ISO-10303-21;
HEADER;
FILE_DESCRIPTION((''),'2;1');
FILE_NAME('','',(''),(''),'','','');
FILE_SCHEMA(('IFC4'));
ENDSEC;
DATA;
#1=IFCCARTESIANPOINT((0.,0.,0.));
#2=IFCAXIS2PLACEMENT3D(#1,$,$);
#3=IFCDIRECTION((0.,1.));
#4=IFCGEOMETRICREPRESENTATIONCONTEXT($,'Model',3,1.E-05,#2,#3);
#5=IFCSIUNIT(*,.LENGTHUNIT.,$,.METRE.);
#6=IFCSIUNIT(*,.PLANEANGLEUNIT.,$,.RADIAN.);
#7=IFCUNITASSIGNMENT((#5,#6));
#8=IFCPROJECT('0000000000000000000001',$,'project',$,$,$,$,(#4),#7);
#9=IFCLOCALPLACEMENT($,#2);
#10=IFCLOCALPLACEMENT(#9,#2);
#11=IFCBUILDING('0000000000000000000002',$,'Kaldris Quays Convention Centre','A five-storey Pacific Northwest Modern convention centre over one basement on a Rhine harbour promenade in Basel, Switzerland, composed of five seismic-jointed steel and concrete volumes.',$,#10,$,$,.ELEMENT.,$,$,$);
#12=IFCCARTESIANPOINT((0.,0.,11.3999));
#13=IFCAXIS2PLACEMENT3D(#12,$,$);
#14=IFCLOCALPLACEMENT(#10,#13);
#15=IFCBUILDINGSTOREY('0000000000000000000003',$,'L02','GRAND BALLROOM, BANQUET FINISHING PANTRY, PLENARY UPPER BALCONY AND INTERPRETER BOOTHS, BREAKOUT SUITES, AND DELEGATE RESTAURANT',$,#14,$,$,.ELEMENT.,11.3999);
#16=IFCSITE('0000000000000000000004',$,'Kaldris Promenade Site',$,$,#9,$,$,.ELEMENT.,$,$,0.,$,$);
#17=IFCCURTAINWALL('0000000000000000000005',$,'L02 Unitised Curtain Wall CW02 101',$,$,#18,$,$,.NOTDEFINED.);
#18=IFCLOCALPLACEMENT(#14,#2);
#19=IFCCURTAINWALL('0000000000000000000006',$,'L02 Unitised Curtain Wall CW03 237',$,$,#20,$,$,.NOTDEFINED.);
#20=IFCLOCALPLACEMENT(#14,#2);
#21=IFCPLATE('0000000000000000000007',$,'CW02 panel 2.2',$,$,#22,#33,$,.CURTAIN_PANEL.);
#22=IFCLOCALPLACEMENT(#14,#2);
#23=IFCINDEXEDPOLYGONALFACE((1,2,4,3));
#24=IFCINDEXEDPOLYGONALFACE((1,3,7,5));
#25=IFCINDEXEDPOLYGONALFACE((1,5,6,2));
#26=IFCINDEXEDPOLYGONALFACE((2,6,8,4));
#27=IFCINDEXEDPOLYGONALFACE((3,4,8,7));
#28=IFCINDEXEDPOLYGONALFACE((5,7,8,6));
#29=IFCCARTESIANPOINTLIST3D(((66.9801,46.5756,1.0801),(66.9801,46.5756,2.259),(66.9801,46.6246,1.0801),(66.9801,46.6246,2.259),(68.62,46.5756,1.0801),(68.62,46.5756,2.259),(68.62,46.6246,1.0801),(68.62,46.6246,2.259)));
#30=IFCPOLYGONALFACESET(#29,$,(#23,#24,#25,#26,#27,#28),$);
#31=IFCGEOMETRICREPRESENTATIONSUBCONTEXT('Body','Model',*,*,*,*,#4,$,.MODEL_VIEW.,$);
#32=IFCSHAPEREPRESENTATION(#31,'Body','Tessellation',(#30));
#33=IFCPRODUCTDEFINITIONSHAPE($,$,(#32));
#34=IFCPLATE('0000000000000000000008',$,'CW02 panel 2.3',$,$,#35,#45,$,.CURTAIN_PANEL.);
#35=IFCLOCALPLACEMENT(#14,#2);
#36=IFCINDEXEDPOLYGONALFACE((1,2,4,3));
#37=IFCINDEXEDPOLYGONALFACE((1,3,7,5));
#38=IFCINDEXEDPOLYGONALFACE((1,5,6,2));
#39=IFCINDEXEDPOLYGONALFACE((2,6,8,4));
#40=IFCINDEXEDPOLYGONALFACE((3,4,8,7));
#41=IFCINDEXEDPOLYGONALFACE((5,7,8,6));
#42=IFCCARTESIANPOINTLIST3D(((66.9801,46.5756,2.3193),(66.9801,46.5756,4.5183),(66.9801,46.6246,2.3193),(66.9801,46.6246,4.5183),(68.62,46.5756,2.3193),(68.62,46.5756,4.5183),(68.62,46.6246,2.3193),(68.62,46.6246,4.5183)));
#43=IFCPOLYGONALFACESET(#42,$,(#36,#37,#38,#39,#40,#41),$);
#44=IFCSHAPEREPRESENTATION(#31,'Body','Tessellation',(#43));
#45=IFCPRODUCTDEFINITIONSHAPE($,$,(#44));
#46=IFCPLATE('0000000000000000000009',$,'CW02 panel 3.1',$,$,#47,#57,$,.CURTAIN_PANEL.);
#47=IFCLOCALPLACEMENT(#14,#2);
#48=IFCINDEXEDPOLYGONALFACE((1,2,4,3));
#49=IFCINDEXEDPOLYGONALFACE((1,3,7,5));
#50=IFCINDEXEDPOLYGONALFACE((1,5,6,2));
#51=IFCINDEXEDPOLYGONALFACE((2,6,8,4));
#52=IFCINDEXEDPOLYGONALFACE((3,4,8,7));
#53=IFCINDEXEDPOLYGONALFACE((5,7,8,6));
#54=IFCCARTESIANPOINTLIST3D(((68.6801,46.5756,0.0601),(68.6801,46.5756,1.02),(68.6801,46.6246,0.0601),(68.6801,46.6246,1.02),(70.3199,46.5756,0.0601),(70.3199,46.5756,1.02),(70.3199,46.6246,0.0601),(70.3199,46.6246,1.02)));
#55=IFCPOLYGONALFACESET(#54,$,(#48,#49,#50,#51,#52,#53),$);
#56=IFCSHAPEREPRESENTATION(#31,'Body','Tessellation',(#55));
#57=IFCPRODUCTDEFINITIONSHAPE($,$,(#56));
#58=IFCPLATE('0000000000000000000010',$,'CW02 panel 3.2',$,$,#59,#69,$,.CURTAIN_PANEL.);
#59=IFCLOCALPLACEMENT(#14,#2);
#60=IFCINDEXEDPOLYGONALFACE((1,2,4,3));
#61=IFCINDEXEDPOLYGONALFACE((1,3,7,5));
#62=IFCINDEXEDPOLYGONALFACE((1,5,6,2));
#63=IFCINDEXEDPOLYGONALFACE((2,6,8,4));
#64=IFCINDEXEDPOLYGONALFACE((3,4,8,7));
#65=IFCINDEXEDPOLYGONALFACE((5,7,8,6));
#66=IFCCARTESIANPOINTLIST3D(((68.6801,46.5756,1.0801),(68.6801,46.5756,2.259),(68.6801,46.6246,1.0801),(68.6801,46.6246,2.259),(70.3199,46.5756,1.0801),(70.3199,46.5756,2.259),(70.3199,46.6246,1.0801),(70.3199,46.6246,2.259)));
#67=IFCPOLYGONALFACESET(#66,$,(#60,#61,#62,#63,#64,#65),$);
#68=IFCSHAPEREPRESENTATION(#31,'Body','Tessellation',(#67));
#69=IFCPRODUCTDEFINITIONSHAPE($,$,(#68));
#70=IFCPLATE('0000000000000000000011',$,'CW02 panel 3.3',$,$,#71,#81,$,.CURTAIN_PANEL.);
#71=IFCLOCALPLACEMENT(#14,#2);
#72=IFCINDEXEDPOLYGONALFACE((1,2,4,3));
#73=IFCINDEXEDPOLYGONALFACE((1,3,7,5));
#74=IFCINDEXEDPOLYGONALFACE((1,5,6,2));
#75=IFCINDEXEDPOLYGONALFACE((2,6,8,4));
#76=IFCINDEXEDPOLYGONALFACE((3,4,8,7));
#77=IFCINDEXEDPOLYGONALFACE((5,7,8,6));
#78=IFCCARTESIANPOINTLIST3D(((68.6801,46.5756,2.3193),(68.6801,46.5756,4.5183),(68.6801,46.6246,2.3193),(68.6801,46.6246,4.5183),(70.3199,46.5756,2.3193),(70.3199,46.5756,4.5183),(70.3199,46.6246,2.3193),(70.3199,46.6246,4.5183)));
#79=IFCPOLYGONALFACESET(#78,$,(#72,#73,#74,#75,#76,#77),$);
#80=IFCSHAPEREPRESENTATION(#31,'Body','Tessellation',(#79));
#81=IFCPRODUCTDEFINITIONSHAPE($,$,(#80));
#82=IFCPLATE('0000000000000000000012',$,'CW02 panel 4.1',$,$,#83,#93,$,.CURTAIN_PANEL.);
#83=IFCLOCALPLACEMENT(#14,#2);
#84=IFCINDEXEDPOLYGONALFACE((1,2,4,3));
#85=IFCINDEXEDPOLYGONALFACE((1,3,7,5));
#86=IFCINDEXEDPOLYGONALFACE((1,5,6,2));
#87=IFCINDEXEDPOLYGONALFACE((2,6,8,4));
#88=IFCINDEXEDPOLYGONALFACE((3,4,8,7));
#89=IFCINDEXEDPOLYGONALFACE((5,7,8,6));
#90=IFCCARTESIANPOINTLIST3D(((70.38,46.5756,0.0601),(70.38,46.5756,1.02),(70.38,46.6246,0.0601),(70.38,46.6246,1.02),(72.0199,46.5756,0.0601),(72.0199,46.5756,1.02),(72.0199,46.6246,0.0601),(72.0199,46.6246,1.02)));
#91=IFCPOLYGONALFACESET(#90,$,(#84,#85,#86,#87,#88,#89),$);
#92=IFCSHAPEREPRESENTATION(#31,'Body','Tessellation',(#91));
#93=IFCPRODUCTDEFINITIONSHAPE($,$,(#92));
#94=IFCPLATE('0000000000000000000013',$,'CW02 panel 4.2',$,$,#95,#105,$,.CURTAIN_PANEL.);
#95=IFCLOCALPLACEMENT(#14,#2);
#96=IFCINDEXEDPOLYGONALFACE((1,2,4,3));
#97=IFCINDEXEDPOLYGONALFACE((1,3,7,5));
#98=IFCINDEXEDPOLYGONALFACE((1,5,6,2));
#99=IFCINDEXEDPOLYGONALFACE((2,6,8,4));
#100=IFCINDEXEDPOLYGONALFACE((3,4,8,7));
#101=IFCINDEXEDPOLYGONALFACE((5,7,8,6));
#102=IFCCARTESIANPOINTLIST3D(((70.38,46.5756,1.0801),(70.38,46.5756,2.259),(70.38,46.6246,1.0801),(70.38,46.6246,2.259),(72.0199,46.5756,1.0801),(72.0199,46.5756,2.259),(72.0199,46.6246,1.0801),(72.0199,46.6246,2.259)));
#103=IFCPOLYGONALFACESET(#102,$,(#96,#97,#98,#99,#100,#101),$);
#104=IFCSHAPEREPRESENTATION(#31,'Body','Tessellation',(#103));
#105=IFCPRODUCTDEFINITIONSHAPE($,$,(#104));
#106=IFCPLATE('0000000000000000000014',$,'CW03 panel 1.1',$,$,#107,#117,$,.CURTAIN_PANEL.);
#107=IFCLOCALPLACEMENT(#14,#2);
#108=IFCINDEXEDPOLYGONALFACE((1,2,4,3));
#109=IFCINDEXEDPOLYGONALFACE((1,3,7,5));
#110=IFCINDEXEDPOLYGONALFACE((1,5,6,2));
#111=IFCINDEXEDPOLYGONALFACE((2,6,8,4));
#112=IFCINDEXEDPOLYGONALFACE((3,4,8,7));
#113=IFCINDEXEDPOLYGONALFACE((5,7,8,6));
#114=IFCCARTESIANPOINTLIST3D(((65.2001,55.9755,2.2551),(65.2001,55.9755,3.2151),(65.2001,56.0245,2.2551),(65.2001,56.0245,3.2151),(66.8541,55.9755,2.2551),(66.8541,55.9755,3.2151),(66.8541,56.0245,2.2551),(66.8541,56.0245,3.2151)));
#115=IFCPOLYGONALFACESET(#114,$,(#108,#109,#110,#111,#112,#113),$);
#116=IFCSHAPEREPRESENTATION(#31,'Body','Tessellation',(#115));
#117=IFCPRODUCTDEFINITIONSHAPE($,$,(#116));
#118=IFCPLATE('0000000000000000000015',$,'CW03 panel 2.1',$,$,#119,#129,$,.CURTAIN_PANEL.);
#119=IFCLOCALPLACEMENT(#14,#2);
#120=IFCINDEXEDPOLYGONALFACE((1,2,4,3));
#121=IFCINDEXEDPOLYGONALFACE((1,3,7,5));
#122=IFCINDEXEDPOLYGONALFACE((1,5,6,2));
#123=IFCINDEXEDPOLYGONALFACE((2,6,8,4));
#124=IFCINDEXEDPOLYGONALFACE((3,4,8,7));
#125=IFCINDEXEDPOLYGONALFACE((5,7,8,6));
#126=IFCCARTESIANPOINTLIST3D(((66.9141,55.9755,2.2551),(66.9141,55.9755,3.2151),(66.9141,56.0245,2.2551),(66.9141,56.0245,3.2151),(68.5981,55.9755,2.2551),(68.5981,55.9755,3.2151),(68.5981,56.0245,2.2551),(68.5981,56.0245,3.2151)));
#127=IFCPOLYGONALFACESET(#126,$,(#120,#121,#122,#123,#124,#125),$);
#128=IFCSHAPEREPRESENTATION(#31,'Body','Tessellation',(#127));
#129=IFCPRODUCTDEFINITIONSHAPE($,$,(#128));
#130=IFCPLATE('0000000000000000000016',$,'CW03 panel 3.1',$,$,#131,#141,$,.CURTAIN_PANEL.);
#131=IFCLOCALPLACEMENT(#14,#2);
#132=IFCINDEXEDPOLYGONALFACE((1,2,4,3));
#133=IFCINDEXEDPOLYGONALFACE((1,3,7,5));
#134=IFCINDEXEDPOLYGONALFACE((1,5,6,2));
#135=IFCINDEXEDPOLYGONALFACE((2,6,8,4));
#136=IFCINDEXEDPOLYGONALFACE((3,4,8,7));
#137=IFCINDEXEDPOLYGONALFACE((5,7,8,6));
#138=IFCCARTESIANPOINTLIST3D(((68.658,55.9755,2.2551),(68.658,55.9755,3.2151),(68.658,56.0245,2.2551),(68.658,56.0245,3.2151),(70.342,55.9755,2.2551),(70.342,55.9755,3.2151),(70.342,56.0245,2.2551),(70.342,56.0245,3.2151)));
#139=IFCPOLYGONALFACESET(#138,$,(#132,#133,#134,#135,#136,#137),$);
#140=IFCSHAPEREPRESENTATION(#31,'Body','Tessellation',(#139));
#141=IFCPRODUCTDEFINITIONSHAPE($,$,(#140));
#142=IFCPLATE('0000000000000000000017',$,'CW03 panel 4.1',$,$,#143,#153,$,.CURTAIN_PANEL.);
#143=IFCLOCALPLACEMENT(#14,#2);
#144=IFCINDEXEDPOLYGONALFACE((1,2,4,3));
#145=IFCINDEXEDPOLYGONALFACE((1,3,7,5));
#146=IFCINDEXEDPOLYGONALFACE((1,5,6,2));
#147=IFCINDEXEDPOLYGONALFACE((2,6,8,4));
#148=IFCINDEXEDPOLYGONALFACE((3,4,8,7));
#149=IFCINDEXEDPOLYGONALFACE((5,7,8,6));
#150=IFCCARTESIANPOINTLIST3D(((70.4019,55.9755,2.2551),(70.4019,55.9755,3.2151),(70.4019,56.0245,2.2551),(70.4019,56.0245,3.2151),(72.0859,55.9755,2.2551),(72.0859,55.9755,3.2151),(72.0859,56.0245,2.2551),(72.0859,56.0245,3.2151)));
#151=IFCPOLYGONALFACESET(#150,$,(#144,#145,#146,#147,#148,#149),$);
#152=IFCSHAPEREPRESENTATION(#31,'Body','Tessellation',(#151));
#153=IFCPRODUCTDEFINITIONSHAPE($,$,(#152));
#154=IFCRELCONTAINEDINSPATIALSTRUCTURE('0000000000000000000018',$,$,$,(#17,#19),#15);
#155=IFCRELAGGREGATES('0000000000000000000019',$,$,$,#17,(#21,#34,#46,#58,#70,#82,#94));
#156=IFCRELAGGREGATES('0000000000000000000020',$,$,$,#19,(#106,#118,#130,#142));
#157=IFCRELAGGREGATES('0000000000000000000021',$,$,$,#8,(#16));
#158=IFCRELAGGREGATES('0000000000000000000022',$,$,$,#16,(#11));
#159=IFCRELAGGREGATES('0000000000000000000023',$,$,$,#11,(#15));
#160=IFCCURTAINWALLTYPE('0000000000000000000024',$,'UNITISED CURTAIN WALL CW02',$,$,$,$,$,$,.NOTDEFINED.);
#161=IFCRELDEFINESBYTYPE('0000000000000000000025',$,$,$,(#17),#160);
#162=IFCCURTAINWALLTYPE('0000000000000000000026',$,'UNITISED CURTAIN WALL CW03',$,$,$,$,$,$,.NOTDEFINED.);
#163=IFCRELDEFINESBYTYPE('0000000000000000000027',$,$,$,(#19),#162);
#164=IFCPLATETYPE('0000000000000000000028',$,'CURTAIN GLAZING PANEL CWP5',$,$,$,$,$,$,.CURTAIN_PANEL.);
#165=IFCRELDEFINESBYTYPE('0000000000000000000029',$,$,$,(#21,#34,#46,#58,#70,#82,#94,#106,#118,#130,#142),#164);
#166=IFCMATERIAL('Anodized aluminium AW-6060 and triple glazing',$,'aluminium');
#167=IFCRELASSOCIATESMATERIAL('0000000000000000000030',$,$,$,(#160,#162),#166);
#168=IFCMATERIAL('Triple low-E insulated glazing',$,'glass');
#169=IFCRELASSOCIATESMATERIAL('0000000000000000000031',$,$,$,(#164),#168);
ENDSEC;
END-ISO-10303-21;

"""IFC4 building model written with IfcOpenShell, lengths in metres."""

from ifc_helpers import new_model, si_unit, direction, frame, origin, origin_2d, place, context, subcontext, project, spatial, rectangle, extrude, material, type_object, element, aggregate, save


model = new_model("IFC4")

# Units and contexts
model_context = context("Model", 3, precision=1e-05, world=origin(), true_north=direction((0.0, 1.0)))
body_context = subcontext(model_context, "Body", "Model", "MODEL_VIEW")
ifc_project = project(units=[si_unit("LENGTHUNIT", "METRE"), si_unit("PLANEANGLEUNIT", "RADIAN")], contexts=[model_context])

# Site, building, storey
site_placement = place(None, origin())
site = spatial("IfcSite", under=ifc_project, at=site_placement, Name="Kaldris Promenade Site", CompositionType="ELEMENT", RefElevation=0.0)
building_placement = place(site_placement, origin())
building = spatial("IfcBuilding", under=site, at=building_placement, Name="Kaldris Quays Convention Centre", Description="A five-storey Pacific Northwest Modern convention centre over one basement on a Rhine harbour promenade in Basel, Switzerland, composed of five seismic-jointed steel and concrete volumes.", CompositionType="ELEMENT")
storey_placement = place(building_placement, frame((0.0, 0.0, 11.3999)))
storey = spatial("IfcBuildingStorey", under=building, at=storey_placement, Name="L02", Description="GRAND BALLROOM, BANQUET FINISHING PANTRY, PLENARY UPPER BALCONY AND INTERPRETER BOOTHS, BREAKOUT SUITES, AND DELEGATE RESTAURANT", CompositionType="ELEMENT", Elevation=11.3999)

# Curtain walls
ifc_material_1 = material(Name="Anodized aluminium AW-6060 and triple glazing", Category="aluminium")
curtain_wall_type_1 = type_object("IfcCurtainWallType", Name="UNITISED CURTAIN WALL CW02", PredefinedType="NOTDEFINED", material=ifc_material_1)
curtain_wall_1_placement = place(storey_placement, origin())
curtain_wall_1 = element("IfcCurtainWall", 1, at=curtain_wall_1_placement, inside=storey, type_object=curtain_wall_type_1, Name="L02 Unitised Curtain Wall CW02 101", PredefinedType="NOTDEFINED")
curtain_wall_type_2 = type_object("IfcCurtainWallType", Name="UNITISED CURTAIN WALL CW03", PredefinedType="NOTDEFINED", material=ifc_material_1)
curtain_wall_2_placement = place(storey_placement, origin())
curtain_wall_2 = element("IfcCurtainWall", 2, at=curtain_wall_2_placement, inside=storey, type_object=curtain_wall_type_2, Name="L02 Unitised Curtain Wall CW03 237", PredefinedType="NOTDEFINED")

# Plates
ifc_material_2 = material(Name="Triple low-E insulated glazing", Category="glass")
plate_type = type_object("IfcPlateType", Name="CURTAIN GLAZING PANEL CWP5", PredefinedType="CURTAIN_PANEL", material=ifc_material_2)
plate_1_placement = place(storey_placement, frame((67.8, 46.6001, 1.0801), z_axis=(0.0, 0.0, 1.0), x_axis=(1.0, 0.0, 0.0)))
plate_1 = element("IfcPlate", 3, at=plate_1_placement, type_object=plate_type, Name="CW02 panel 2.2", PredefinedType="CURTAIN_PANEL", context=body_context, shape_type="SweptSolid", body=[
    extrude(rectangle(XDim=1.6399, YDim=0.0491, at=origin_2d()), origin(), (0.0, 0.0, 1.0), 1.179),
])
plate_2_placement = place(storey_placement, frame((67.8, 46.6001, 2.3193), z_axis=(0.0, 0.0, 1.0), x_axis=(1.0, 0.0, 0.0)))
plate_2 = element("IfcPlate", 4, at=plate_2_placement, type_object=plate_type, Name="CW02 panel 2.3", PredefinedType="CURTAIN_PANEL", context=body_context, shape_type="SweptSolid", body=[
    extrude(rectangle(XDim=1.6399, YDim=0.0491, at=origin_2d()), origin(), (0.0, 0.0, 1.0), 2.199),
])
plate_3_placement = place(storey_placement, frame((69.5, 46.6001, 0.0601), z_axis=(0.0, 0.0, 1.0), x_axis=(1.0, 0.0, 0.0)))
plate_3 = element("IfcPlate", 5, at=plate_3_placement, type_object=plate_type, Name="CW02 panel 3.1", PredefinedType="CURTAIN_PANEL", context=body_context, shape_type="SweptSolid", body=[
    extrude(rectangle(XDim=1.6399, YDim=0.0491, at=origin_2d()), origin(), (0.0, 0.0, 1.0), 0.96),
])
plate_4_placement = place(storey_placement, frame((69.5, 46.6001, 1.0801), z_axis=(0.0, 0.0, 1.0), x_axis=(1.0, 0.0, 0.0)))
plate_4 = element("IfcPlate", 6, at=plate_4_placement, type_object=plate_type, Name="CW02 panel 3.2", PredefinedType="CURTAIN_PANEL", context=body_context, shape_type="SweptSolid", body=[
    extrude(rectangle(XDim=1.6399, YDim=0.0491, at=origin_2d()), origin(), (0.0, 0.0, 1.0), 1.179),
])
plate_5_placement = place(storey_placement, frame((69.5, 46.6001, 2.3193), z_axis=(0.0, 0.0, 1.0), x_axis=(1.0, 0.0, 0.0)))
plate_5 = element("IfcPlate", 7, at=plate_5_placement, type_object=plate_type, Name="CW02 panel 3.3", PredefinedType="CURTAIN_PANEL", context=body_context, shape_type="SweptSolid", body=[
    extrude(rectangle(XDim=1.6399, YDim=0.0491, at=origin_2d()), origin(), (0.0, 0.0, 1.0), 2.199),
])
plate_6_placement = place(storey_placement, frame((71.2, 46.6001, 0.0601), z_axis=(0.0, 0.0, 1.0), x_axis=(1.0, 0.0, 0.0)))
plate_6 = element("IfcPlate", 8, at=plate_6_placement, type_object=plate_type, Name="CW02 panel 4.1", PredefinedType="CURTAIN_PANEL", context=body_context, shape_type="SweptSolid", body=[
    extrude(rectangle(XDim=1.6399, YDim=0.0491, at=origin_2d()), origin(), (0.0, 0.0, 1.0), 0.96),
])
plate_7_placement = place(storey_placement, frame((71.2, 46.6001, 1.0801), z_axis=(0.0, 0.0, 1.0), x_axis=(1.0, 0.0, 0.0)))
plate_7 = element("IfcPlate", 9, at=plate_7_placement, type_object=plate_type, Name="CW02 panel 4.2", PredefinedType="CURTAIN_PANEL", context=body_context, shape_type="SweptSolid", body=[
    extrude(rectangle(XDim=1.6399, YDim=0.0491, at=origin_2d()), origin(), (0.0, 0.0, 1.0), 1.179),
])
aggregate(curtain_wall_1, [plate_1, plate_2, plate_3, plate_4, plate_5, plate_6, plate_7])
plate_8_placement = place(storey_placement, frame((66.0271, 56.0, 2.2551), z_axis=(0.0, 0.0, 1.0), x_axis=(1.0, 0.0, 0.0)))
plate_8 = element("IfcPlate", 10, at=plate_8_placement, type_object=plate_type, Name="CW03 panel 1.1", PredefinedType="CURTAIN_PANEL", context=body_context, shape_type="SweptSolid", body=[
    extrude(rectangle(XDim=1.6541, YDim=0.0491, at=origin_2d()), origin(), (0.0, 0.0, 1.0), 0.96),
])
plate_9_placement = place(storey_placement, frame((67.7561, 56.0, 2.2551), z_axis=(0.0, 0.0, 1.0), x_axis=(1.0, 0.0, 0.0)))
plate_9 = element("IfcPlate", 11, at=plate_9_placement, type_object=plate_type, Name="CW03 panel 2.1", PredefinedType="CURTAIN_PANEL", context=body_context, shape_type="SweptSolid", body=[
    extrude(rectangle(XDim=1.6841, YDim=0.0491, at=origin_2d()), origin(), (0.0, 0.0, 1.0), 0.96),
])
plate_10_placement = place(storey_placement, frame((69.5, 56.0, 2.2551), z_axis=(0.0, 0.0, 1.0), x_axis=(1.0, 0.0, 0.0)))
plate_10 = element("IfcPlate", 12, at=plate_10_placement, type_object=plate_type, Name="CW03 panel 3.1", PredefinedType="CURTAIN_PANEL", context=body_context, shape_type="SweptSolid", body=[
    extrude(rectangle(XDim=1.6841, YDim=0.0491, at=origin_2d()), origin(), (0.0, 0.0, 1.0), 0.96),
])
plate_11_placement = place(storey_placement, frame((71.2439, 56.0, 2.2551), z_axis=(0.0, 0.0, 1.0), x_axis=(1.0, 0.0, 0.0)))
plate_11 = element("IfcPlate", 13, at=plate_11_placement, type_object=plate_type, Name="CW03 panel 4.1", PredefinedType="CURTAIN_PANEL", context=body_context, shape_type="SweptSolid", body=[
    extrude(rectangle(XDim=1.6841, YDim=0.0491, at=origin_2d()), origin(), (0.0, 0.0, 1.0), 0.96),
])
aggregate(curtain_wall_2, [plate_8, plate_9, plate_10, plate_11])

save(model, "model.ifc")
